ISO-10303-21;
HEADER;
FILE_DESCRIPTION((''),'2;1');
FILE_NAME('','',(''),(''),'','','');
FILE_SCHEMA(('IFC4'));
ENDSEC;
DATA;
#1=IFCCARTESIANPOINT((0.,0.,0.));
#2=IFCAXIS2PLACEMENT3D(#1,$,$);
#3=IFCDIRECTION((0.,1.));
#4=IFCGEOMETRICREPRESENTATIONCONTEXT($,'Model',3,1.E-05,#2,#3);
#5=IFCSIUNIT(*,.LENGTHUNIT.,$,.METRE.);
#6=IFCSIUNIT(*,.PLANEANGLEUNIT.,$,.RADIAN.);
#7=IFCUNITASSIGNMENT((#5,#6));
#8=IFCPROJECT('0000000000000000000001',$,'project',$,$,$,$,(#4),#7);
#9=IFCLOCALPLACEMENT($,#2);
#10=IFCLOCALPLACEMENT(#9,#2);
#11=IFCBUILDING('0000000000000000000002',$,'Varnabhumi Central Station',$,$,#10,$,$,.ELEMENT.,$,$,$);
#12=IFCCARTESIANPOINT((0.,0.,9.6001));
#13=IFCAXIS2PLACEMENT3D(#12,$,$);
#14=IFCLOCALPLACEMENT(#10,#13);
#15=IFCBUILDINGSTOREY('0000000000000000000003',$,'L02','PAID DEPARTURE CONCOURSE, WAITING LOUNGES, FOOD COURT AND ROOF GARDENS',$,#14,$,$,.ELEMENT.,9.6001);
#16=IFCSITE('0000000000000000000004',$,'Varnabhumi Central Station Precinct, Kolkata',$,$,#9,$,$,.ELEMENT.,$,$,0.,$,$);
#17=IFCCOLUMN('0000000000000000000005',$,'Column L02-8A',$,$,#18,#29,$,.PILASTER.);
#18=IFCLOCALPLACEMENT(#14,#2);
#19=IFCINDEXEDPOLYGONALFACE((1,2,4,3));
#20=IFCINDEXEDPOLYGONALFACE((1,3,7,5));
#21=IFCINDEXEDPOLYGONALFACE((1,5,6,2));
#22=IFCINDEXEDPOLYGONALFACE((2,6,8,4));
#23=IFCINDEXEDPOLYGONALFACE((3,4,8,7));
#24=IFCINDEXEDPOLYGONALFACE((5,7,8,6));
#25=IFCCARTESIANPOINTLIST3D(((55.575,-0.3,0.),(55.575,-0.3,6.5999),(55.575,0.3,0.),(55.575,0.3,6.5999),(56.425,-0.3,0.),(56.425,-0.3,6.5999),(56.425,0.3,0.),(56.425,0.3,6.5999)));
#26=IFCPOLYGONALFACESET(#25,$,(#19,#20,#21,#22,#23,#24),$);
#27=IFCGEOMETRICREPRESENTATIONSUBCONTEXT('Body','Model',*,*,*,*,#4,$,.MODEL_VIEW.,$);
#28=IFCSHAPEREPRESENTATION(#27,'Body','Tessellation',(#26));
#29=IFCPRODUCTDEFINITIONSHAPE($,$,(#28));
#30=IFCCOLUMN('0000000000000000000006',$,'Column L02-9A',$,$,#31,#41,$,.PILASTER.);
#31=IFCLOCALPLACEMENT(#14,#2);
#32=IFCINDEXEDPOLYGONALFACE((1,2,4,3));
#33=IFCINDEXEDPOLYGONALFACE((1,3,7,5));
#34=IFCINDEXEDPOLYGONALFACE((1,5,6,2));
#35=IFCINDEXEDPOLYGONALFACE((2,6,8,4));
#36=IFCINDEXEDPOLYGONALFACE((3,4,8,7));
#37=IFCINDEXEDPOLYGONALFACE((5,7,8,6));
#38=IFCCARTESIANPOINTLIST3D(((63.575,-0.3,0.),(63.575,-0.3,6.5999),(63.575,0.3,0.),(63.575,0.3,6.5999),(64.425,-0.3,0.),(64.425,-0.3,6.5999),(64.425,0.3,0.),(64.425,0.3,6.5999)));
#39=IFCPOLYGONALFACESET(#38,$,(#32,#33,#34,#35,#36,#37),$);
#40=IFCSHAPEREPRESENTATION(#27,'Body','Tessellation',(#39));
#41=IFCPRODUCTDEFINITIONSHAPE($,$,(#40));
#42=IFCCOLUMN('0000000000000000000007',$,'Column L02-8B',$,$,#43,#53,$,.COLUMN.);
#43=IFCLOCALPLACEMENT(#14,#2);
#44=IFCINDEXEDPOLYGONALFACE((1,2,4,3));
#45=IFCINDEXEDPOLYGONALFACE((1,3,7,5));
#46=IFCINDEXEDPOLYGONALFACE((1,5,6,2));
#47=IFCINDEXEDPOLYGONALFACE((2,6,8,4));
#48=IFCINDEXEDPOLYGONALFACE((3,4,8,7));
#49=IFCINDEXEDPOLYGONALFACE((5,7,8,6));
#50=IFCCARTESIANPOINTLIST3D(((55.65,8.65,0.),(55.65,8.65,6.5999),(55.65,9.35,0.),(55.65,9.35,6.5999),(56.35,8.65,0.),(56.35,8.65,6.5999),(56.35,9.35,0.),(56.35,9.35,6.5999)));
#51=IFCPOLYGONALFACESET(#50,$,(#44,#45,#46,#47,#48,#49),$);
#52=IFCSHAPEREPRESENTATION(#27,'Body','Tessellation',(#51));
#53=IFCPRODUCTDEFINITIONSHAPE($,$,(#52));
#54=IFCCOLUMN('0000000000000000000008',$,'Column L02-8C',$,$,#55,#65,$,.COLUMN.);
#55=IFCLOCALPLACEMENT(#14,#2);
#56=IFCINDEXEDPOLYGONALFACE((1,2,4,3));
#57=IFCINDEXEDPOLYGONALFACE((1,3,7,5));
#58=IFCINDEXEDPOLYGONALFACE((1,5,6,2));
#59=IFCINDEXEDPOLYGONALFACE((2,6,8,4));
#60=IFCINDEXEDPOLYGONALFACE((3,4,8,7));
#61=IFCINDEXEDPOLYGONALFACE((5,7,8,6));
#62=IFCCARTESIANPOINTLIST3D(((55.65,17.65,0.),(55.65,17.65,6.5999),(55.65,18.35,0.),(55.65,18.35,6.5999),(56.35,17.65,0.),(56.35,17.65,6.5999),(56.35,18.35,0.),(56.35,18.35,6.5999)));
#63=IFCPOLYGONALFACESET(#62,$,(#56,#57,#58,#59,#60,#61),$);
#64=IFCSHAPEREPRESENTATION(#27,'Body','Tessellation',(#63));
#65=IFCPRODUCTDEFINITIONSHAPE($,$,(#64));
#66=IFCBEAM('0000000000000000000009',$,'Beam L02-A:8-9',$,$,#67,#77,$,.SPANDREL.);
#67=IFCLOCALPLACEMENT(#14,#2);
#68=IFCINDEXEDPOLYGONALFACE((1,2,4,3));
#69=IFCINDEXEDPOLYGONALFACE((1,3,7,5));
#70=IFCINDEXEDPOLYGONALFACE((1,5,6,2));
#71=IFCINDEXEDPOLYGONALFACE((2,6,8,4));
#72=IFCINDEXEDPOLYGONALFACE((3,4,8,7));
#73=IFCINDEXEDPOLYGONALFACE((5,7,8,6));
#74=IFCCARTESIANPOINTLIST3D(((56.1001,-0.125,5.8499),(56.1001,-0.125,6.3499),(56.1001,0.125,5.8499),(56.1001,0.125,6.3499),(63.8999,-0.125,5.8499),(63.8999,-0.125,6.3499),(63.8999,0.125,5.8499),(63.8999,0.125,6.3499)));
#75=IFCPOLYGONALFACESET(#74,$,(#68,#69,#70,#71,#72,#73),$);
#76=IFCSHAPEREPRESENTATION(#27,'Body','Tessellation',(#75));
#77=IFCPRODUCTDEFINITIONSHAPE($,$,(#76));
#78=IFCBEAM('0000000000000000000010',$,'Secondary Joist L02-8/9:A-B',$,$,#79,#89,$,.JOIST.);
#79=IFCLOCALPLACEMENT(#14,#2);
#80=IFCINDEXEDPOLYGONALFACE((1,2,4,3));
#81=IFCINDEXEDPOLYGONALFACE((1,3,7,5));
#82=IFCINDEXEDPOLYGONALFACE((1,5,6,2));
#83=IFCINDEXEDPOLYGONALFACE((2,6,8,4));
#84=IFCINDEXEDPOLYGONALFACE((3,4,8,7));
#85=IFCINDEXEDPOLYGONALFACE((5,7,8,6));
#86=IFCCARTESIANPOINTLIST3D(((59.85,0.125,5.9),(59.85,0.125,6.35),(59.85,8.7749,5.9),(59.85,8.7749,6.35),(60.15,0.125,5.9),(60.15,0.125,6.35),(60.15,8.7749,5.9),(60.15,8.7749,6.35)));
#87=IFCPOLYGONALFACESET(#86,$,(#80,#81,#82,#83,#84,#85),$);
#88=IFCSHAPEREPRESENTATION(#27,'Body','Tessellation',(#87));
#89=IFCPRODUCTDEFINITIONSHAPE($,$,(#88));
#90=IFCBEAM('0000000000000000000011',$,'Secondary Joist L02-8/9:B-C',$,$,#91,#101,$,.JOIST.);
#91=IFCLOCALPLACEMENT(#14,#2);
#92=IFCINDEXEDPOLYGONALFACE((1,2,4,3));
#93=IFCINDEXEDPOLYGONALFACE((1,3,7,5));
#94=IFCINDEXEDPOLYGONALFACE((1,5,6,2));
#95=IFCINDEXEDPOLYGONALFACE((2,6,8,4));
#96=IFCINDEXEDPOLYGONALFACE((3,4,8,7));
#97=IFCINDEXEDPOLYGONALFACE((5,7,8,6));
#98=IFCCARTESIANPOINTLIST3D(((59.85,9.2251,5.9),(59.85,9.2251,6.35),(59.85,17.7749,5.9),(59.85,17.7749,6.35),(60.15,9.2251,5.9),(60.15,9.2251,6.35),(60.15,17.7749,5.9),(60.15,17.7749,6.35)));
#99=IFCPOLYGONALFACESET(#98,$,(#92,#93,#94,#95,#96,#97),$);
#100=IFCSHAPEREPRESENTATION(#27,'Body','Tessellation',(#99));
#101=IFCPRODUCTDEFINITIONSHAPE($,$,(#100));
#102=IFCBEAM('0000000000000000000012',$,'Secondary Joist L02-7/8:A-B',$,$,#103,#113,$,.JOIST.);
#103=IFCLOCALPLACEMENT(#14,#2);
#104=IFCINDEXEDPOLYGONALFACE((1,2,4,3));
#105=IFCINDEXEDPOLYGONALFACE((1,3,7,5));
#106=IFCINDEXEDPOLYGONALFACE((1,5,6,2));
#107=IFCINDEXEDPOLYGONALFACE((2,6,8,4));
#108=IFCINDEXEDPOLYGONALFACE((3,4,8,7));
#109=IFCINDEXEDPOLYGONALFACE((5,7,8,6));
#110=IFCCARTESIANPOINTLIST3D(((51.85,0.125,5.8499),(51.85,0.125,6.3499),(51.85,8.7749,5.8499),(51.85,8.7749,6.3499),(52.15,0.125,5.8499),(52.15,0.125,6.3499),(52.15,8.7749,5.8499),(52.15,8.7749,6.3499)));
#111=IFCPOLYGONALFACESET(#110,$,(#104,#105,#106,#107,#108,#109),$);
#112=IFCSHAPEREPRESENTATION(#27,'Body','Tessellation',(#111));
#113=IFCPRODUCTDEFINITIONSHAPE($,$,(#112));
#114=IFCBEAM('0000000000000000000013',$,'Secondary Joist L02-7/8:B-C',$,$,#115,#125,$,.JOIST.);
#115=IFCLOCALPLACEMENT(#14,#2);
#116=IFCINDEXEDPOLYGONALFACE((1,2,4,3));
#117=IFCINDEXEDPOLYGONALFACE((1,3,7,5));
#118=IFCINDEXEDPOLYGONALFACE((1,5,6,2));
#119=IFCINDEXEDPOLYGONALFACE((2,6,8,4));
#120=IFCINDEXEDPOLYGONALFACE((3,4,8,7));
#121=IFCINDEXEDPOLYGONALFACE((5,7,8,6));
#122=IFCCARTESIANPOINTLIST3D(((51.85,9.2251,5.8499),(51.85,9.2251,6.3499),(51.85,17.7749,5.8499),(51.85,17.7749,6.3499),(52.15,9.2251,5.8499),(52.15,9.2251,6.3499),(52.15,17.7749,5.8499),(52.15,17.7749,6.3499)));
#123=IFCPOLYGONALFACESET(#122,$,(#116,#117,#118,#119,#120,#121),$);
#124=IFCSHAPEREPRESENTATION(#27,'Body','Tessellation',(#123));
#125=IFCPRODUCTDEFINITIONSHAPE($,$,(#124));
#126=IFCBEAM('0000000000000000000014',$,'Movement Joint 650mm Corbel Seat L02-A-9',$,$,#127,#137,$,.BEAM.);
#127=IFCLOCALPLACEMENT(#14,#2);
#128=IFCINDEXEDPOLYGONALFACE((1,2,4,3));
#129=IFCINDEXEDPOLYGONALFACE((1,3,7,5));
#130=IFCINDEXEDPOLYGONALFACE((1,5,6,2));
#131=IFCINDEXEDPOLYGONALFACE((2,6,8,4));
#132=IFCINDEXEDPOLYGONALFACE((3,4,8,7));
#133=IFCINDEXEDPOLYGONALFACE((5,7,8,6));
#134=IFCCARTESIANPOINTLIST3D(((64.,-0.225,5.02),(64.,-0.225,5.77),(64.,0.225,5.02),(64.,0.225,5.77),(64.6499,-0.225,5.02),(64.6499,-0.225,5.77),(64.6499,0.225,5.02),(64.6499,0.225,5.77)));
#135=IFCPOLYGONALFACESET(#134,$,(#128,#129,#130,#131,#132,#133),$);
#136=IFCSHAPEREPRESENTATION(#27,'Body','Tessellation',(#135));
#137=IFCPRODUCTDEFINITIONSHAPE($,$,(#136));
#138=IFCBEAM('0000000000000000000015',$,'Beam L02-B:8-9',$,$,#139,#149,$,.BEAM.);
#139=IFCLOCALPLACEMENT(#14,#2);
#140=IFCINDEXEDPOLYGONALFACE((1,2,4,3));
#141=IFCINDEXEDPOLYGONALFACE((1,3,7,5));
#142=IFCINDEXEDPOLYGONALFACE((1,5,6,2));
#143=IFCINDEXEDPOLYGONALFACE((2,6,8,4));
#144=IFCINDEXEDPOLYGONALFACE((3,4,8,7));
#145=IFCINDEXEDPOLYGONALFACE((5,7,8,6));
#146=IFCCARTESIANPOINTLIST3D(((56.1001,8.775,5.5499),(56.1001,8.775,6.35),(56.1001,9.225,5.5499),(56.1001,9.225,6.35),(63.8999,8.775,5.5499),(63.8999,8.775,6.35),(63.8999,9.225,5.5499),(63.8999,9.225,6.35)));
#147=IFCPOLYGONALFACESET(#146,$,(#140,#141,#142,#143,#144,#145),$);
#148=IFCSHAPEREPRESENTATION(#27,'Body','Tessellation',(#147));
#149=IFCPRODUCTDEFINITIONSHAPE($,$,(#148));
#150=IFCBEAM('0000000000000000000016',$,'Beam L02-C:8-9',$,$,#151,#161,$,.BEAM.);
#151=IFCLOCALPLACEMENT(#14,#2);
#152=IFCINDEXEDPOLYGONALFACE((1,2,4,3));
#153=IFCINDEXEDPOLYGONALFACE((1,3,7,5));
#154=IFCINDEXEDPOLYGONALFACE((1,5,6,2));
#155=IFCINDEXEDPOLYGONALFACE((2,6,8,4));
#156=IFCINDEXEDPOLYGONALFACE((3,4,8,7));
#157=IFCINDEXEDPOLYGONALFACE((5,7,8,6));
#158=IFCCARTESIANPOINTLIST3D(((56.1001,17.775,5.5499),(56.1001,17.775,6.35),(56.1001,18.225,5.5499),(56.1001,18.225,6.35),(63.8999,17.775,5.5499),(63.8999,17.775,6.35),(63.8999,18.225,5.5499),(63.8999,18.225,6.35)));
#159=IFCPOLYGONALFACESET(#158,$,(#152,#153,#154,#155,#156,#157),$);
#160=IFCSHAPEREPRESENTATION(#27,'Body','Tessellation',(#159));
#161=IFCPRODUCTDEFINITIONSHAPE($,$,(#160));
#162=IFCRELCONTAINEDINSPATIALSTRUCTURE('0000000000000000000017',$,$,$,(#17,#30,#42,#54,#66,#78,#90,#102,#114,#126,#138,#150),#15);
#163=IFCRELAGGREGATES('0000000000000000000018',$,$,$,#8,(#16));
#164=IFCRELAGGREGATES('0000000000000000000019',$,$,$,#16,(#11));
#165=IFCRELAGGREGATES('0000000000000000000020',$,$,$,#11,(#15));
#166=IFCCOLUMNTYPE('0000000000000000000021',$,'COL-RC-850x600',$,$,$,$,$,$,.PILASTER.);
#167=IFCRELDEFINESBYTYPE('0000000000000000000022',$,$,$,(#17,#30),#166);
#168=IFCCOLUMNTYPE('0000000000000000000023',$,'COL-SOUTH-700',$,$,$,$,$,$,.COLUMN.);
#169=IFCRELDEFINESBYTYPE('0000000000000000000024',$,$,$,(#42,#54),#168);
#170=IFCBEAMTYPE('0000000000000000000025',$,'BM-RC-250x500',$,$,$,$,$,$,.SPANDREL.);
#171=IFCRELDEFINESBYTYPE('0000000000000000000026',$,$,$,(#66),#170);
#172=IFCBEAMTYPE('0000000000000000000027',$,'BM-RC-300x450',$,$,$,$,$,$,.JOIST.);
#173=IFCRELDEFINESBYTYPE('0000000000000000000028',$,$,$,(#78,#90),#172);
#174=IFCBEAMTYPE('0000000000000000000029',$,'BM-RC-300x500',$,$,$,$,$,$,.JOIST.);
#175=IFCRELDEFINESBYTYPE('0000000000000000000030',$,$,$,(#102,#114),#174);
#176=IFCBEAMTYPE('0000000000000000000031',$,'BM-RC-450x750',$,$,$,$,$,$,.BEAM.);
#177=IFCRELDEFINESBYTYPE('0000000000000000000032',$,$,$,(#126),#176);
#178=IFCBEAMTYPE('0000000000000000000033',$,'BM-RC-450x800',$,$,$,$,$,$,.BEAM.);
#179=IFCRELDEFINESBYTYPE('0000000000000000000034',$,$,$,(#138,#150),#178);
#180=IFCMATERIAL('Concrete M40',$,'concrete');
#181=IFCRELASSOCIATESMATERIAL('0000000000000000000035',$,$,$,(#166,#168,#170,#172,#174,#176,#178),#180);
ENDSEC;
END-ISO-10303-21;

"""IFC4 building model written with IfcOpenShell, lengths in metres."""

from ifc_helpers import new_model, si_unit, direction, frame, origin, origin_2d, place, context, subcontext, project, spatial, rectangle, extrude, material, material_profile, profile_set, type_object, element, save


model = new_model("IFC4")

# Units and contexts
model_context = context("Model", 3, precision=1e-05, world=origin(), true_north=direction((0.0, 1.0)))
body_context = subcontext(model_context, "Body", "Model", "MODEL_VIEW")
ifc_project = project(units=[si_unit("LENGTHUNIT", "METRE"), si_unit("PLANEANGLEUNIT", "RADIAN")], contexts=[model_context])

# Site, building, storey
site_placement = place(None, origin())
site = spatial("IfcSite", under=ifc_project, at=site_placement, Name="Varnabhumi Central Station Precinct, Kolkata", CompositionType="ELEMENT", RefElevation=0.0)
building_placement = place(site_placement, origin())
building = spatial("IfcBuilding", under=site, at=building_placement, Name="Varnabhumi Central Station", CompositionType="ELEMENT")
storey_placement = place(building_placement, frame((0.0, 0.0, 9.6001)))
storey = spatial("IfcBuildingStorey", under=building, at=storey_placement, Name="L02", Description="PAID DEPARTURE CONCOURSE, WAITING LOUNGES, FOOD COURT AND ROOF GARDENS", CompositionType="ELEMENT", Elevation=9.6001)

# Columns
ifc_material_1 = material(Name="Concrete M40", Category="concrete")
ifc_material_profile_1 = material_profile(ifc_material_1, rectangle(XDim=0.8501, YDim=0.6001, at=origin_2d()), Name="Concrete M40", Category="concrete")
ifc_profile_set_1 = profile_set([ifc_material_profile_1], Name="Concrete M40")
column_type_1 = type_object("IfcColumnType", Name="COL-RC-850x600", PredefinedType="PILASTER", material=ifc_profile_set_1)
for number, where, z_axis, x_axis, name in (
    (1, (56.0, 0.0, 0.0), (0.0, 0.0, 1.0), (1.0, 0.0, 0.0), "Column L02-8A"),
    (2, (64.0, 0.0, 0.0), (0.0, 0.0, 1.0), (1.0, 0.0, 0.0), "Column L02-9A"),
):
    element("IfcColumn", number, at=place(storey_placement, frame(where, z_axis=z_axis, x_axis=x_axis)), inside=storey, type_object=column_type_1, Name=name, PredefinedType="PILASTER", context=body_context, shape_type="SweptSolid", body=[
        extrude(rectangle(XDim=0.8501, YDim=0.6001, at=origin_2d()), origin(), (0.0, 0.0, 1.0), 6.5999),
    ])
ifc_material_profile_2 = material_profile(ifc_material_1, rectangle(XDim=0.7, YDim=0.7, at=origin_2d()), Name="Concrete M40", Category="concrete")
ifc_profile_set_2 = profile_set([ifc_material_profile_2], Name="Concrete M40")
column_type_2 = type_object("IfcColumnType", Name="COL-SOUTH-700", PredefinedType="COLUMN", material=ifc_profile_set_2)
for number, where, z_axis, x_axis, name in (
    (3, (56.0, 9.0, 0.0), (0.0, 0.0, 1.0), (1.0, 0.0, 0.0), "Column L02-8B"),
    (4, (56.0, 18.0, 0.0), (0.0, 0.0, 1.0), (1.0, 0.0, 0.0), "Column L02-8C"),
):
    element("IfcColumn", number, at=place(storey_placement, frame(where, z_axis=z_axis, x_axis=x_axis)), inside=storey, type_object=column_type_2, Name=name, PredefinedType="COLUMN", context=body_context, shape_type="SweptSolid", body=[
        extrude(rectangle(XDim=0.7, YDim=0.7, at=origin_2d()), origin(), (0.0, 0.0, 1.0), 6.5999),
    ])

# Beams
ifc_material_profile_3 = material_profile(ifc_material_1, rectangle(XDim=0.25, YDim=0.5, at=origin_2d()), Name="Concrete M40", Category="concrete")
ifc_profile_set_3 = profile_set([ifc_material_profile_3], Name="Concrete M40")
beam_type_1 = type_object("IfcBeamType", Name="BM-RC-250x500", PredefinedType="SPANDREL", material=ifc_profile_set_3)
beam_1_placement = place(storey_placement, frame((56.1001, 0.0, 6.0999), z_axis=(1.0, 0.0, 0.0), x_axis=(0.0, 1.0, 0.0)))
element("IfcBeam", 5, at=beam_1_placement, inside=storey, type_object=beam_type_1, Name="Beam L02-A:8-9", PredefinedType="SPANDREL", context=body_context, shape_type="SweptSolid", body=[
    extrude(rectangle(XDim=0.25, YDim=0.5, at=origin_2d()), origin(), (0.0, 0.0, 1.0), 7.7998),
])
ifc_material_profile_4 = material_profile(ifc_material_1, rectangle(XDim=0.3, YDim=0.45, at=origin_2d()), Name="Concrete M40", Category="concrete")
ifc_profile_set_4 = profile_set([ifc_material_profile_4], Name="Concrete M40")
beam_type_2 = type_object("IfcBeamType", Name="BM-RC-300x450", PredefinedType="JOIST", material=ifc_profile_set_4)
beam_2_placement = place(storey_placement, frame((60.0, 0.125, 6.125), z_axis=(0.0, 1.0, 0.0), x_axis=(-1.0, 0.0, 0.0)))
element("IfcBeam", 6, at=beam_2_placement, inside=storey, type_object=beam_type_2, Name="Secondary Joist L02-8/9:A-B", PredefinedType="JOIST", context=body_context, shape_type="SweptSolid", body=[
    extrude(rectangle(XDim=0.3, YDim=0.45, at=origin_2d()), origin(), (0.0, 0.0, 1.0), 8.6499),
])
beam_3_placement = place(storey_placement, frame((60.0, 9.2251, 6.125), z_axis=(0.0, 1.0, 0.0), x_axis=(-1.0, 0.0, 0.0)))
element("IfcBeam", 7, at=beam_3_placement, inside=storey, type_object=beam_type_2, Name="Secondary Joist L02-8/9:B-C", PredefinedType="JOIST", context=body_context, shape_type="SweptSolid", body=[
    extrude(rectangle(XDim=0.3, YDim=0.45, at=origin_2d()), origin(), (0.0, 0.0, 1.0), 8.5498),
])
ifc_material_profile_5 = material_profile(ifc_material_1, rectangle(XDim=0.3, YDim=0.5, at=origin_2d()), Name="Concrete M40", Category="concrete")
ifc_profile_set_5 = profile_set([ifc_material_profile_5], Name="Concrete M40")
beam_type_3 = type_object("IfcBeamType", Name="BM-RC-300x500", PredefinedType="JOIST", material=ifc_profile_set_5)
beam_4_placement = place(storey_placement, frame((52.0, 0.125, 6.0999), z_axis=(0.0, 1.0, 0.0), x_axis=(-1.0, 0.0, 0.0)))
element("IfcBeam", 8, at=beam_4_placement, inside=storey, type_object=beam_type_3, Name="Secondary Joist L02-7/8:A-B", PredefinedType="JOIST", context=body_context, shape_type="SweptSolid", body=[
    extrude(rectangle(XDim=0.3, YDim=0.5, at=origin_2d()), origin(), (0.0, 0.0, 1.0), 8.6499),
])
beam_5_placement = place(storey_placement, frame((52.0, 9.2251, 6.0999), z_axis=(0.0, 1.0, 0.0), x_axis=(-1.0, 0.0, 0.0)))
element("IfcBeam", 9, at=beam_5_placement, inside=storey, type_object=beam_type_3, Name="Secondary Joist L02-7/8:B-C", PredefinedType="JOIST", context=body_context, shape_type="SweptSolid", body=[
    extrude(rectangle(XDim=0.3, YDim=0.5, at=origin_2d()), origin(), (0.0, 0.0, 1.0), 8.5498),
])
ifc_material_profile_6 = material_profile(ifc_material_1, rectangle(XDim=0.45, YDim=0.75, at=origin_2d()), Name="Concrete M40", Category="concrete")
ifc_profile_set_6 = profile_set([ifc_material_profile_6], Name="Concrete M40")
beam_type_4 = type_object("IfcBeamType", Name="BM-RC-450x750", PredefinedType="BEAM", material=ifc_profile_set_6)
beam_6_placement = place(storey_placement, frame((64.0, 0.0, 5.395), z_axis=(1.0, 0.0, 0.0), x_axis=(0.0, 1.0, 0.0)))
element("IfcBeam", 10, at=beam_6_placement, inside=storey, type_object=beam_type_4, Name="Movement Joint 650mm Corbel Seat L02-A-9", PredefinedType="BEAM", context=body_context, shape_type="SweptSolid", body=[
    extrude(rectangle(XDim=0.45, YDim=0.75, at=origin_2d()), origin(), (0.0, 0.0, 1.0), 0.6499),
])
ifc_material_profile_7 = material_profile(ifc_material_1, rectangle(XDim=0.45, YDim=0.8, at=origin_2d()), Name="Concrete M40", Category="concrete")
ifc_profile_set_7 = profile_set([ifc_material_profile_7], Name="Concrete M40")
beam_type_5 = type_object("IfcBeamType", Name="BM-RC-450x800", PredefinedType="BEAM", material=ifc_profile_set_7)
for number, where, z_axis, x_axis, name in (
    (11, (56.1001, 9.0, 5.95), (1.0, 0.0, 0.0), (0.0, 1.0, 0.0), "Beam L02-B:8-9"),
    (12, (56.1001, 18.0, 5.95), (1.0, 0.0, 0.0), (0.0, 1.0, 0.0), "Beam L02-C:8-9"),
):
    element("IfcBeam", number, at=place(storey_placement, frame(where, z_axis=z_axis, x_axis=x_axis)), inside=storey, type_object=beam_type_5, Name=name, PredefinedType="BEAM", context=body_context, shape_type="SweptSolid", body=[
        extrude(rectangle(XDim=0.45, YDim=0.8, at=origin_2d()), origin(), (0.0, 0.0, 1.0), 7.7998),
    ])

save(model, "model.ifc")
